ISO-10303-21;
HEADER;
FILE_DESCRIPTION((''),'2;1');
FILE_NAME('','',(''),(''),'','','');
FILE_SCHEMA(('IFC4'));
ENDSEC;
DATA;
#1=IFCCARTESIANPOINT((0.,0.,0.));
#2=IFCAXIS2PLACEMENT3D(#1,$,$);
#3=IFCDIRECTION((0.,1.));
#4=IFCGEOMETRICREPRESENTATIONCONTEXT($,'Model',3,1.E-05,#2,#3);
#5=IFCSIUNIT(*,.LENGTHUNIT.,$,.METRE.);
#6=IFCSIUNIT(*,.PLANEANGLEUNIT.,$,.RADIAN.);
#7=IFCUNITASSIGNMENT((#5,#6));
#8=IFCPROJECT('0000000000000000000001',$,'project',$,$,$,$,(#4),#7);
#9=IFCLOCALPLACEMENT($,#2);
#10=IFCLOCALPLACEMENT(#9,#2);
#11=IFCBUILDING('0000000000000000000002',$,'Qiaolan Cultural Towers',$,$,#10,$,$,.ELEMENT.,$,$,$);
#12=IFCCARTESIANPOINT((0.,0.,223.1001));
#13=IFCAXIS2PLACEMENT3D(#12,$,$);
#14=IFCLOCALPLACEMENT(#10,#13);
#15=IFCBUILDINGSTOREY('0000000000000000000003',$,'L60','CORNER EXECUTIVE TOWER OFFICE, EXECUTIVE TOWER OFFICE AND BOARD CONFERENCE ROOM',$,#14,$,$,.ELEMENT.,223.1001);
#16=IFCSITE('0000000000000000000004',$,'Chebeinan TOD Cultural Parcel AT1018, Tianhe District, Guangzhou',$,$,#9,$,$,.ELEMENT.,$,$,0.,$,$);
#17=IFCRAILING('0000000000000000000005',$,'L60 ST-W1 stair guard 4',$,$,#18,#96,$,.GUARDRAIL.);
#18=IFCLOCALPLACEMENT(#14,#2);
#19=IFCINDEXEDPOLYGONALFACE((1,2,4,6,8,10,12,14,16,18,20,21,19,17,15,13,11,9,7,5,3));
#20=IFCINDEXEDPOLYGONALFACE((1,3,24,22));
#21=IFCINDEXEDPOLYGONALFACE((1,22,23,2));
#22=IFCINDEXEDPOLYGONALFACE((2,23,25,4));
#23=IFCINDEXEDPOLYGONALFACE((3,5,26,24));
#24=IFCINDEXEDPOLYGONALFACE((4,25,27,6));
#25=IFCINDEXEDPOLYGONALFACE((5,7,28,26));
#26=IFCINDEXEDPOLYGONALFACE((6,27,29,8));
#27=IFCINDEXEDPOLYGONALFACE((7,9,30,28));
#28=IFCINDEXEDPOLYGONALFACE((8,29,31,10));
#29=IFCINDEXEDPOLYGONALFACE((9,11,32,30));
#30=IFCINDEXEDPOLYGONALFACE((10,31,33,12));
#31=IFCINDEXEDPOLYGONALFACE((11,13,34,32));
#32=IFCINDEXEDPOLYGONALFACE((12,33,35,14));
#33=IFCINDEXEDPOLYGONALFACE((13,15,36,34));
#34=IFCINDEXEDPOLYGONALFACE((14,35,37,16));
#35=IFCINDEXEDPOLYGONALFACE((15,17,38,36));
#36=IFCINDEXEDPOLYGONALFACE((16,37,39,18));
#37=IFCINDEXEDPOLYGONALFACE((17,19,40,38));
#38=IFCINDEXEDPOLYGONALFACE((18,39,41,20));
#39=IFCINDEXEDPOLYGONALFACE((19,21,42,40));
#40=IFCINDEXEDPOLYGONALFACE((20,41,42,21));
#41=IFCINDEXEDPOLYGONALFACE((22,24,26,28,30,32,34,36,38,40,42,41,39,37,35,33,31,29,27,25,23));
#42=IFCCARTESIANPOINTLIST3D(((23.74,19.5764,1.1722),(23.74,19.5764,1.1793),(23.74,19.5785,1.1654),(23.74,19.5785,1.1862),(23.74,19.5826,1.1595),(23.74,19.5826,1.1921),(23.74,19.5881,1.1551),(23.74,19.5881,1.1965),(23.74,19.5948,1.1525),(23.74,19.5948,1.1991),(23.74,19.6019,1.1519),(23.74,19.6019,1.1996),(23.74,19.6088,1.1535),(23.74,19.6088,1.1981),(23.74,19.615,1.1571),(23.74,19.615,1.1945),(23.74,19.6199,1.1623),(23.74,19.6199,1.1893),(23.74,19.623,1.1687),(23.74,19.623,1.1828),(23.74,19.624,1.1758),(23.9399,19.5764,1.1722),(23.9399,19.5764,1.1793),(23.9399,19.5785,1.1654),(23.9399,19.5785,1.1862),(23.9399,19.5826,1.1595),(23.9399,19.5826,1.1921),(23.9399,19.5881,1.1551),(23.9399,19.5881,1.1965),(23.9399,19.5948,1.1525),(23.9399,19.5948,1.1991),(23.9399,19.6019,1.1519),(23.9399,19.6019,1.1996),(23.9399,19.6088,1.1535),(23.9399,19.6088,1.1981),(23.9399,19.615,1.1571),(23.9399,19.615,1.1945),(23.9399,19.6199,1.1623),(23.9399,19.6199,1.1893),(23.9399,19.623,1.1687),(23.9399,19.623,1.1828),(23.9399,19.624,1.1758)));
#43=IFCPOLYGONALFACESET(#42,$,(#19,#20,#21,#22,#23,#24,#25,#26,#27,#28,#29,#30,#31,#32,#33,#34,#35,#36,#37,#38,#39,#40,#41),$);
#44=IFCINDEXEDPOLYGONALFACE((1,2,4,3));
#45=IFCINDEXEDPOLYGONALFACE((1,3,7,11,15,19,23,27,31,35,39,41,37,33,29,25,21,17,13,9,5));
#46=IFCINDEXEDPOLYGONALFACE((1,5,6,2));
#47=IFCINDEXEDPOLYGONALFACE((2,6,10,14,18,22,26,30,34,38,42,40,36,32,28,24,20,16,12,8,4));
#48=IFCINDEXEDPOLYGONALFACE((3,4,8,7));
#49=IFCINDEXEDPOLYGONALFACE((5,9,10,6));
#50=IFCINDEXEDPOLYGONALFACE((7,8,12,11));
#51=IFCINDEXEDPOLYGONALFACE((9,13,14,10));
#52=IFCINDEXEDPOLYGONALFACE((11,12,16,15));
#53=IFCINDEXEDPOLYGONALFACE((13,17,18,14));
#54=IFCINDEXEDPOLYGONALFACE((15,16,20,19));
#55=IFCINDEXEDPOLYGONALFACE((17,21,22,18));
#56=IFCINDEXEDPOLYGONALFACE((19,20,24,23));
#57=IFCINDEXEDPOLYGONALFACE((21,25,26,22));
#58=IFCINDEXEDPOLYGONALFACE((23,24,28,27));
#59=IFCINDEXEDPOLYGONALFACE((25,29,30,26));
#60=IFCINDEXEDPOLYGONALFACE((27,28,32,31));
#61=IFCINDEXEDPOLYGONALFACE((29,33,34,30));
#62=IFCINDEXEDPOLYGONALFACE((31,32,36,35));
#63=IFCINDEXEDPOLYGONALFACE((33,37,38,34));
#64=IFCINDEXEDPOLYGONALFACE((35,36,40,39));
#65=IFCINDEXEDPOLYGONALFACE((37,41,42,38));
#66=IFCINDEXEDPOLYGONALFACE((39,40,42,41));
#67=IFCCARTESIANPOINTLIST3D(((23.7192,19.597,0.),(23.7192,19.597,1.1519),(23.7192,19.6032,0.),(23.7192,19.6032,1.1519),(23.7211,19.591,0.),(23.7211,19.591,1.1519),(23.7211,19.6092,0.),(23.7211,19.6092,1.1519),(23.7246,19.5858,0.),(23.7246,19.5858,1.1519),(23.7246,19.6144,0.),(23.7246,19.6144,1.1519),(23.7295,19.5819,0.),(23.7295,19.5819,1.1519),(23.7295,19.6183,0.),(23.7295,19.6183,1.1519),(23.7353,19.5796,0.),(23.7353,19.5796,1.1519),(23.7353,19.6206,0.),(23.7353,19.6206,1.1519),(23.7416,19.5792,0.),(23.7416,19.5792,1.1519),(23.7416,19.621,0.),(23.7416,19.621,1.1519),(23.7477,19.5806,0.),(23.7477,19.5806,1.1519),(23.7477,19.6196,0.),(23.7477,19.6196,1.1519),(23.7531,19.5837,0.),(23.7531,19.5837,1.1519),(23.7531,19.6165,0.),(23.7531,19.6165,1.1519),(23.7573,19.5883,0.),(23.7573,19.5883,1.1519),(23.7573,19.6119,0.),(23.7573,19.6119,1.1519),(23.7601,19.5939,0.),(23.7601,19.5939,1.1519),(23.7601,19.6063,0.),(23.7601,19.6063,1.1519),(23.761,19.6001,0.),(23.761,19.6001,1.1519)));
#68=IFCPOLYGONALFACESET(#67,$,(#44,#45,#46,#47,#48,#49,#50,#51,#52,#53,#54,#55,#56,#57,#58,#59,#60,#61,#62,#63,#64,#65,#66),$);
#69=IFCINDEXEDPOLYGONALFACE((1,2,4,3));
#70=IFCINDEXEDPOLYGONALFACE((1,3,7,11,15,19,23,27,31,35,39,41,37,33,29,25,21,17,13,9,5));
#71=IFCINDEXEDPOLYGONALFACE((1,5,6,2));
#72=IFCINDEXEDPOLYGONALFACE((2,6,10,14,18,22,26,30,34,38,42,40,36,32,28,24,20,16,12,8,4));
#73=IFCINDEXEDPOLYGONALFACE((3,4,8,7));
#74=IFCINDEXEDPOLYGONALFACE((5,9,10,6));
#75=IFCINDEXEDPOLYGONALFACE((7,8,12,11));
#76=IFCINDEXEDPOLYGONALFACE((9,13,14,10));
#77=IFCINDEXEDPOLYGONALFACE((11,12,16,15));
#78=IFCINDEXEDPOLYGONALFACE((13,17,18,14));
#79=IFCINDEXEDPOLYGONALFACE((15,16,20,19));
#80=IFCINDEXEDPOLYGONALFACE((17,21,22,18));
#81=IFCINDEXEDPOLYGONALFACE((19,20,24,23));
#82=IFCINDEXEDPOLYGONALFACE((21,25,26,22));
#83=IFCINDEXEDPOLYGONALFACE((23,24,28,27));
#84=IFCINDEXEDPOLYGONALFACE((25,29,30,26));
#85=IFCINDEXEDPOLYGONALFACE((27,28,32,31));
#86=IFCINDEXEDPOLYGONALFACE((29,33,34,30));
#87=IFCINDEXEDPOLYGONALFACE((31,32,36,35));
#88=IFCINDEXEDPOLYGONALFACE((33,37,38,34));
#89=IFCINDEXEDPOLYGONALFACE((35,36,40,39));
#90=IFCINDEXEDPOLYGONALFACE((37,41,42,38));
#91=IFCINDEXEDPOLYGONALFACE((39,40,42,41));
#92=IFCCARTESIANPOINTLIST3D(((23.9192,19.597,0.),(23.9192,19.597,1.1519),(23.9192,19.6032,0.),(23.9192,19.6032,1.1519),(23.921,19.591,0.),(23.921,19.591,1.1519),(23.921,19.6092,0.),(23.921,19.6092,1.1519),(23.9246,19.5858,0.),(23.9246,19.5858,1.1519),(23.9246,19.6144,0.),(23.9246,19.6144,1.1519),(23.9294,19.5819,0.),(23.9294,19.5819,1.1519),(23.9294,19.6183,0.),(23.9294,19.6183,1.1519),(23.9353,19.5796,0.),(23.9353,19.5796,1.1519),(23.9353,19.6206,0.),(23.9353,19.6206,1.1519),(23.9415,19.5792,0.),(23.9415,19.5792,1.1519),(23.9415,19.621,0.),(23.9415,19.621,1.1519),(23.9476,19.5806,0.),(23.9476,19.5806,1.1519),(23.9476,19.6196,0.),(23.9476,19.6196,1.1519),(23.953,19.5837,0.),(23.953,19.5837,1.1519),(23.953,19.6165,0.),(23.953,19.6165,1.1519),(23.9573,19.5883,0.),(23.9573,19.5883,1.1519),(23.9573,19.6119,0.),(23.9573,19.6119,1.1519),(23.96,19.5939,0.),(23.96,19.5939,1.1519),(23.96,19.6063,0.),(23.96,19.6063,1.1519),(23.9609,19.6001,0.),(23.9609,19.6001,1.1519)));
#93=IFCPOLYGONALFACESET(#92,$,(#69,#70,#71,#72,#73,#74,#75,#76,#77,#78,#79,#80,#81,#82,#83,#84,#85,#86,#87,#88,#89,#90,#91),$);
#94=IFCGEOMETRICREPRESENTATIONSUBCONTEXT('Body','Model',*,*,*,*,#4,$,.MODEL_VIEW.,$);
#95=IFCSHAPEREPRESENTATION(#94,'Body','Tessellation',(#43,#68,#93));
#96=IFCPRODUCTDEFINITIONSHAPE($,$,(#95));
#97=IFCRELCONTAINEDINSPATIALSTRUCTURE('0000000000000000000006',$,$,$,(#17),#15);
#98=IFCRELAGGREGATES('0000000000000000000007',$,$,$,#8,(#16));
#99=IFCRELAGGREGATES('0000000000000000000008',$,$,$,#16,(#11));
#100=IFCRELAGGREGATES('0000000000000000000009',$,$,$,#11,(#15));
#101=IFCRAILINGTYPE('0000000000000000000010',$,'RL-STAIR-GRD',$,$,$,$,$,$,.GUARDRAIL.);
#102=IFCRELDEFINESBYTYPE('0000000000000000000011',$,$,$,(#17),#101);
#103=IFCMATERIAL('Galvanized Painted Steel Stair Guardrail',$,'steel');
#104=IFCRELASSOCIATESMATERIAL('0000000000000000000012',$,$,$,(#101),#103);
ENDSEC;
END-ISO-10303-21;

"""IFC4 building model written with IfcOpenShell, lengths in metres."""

from ifc_helpers import new_model, si_unit, direction, frame, origin, origin_2d, place, context, subcontext, project, spatial, circle, extrude, material, type_object, element, save


model = new_model("IFC4")

# Units and contexts
model_context = context("Model", 3, precision=1e-05, world=origin(), true_north=direction((0.0, 1.0)))
body_context = subcontext(model_context, "Body", "Model", "MODEL_VIEW")
ifc_project = project(units=[si_unit("LENGTHUNIT", "METRE"), si_unit("PLANEANGLEUNIT", "RADIAN")], contexts=[model_context])

# Site, building, storey
site_placement = place(None, origin())
site = spatial("IfcSite", under=ifc_project, at=site_placement, Name="Chebeinan TOD Cultural Parcel AT1018, Tianhe District, Guangzhou", CompositionType="ELEMENT", RefElevation=0.0)
building_placement = place(site_placement, origin())
building = spatial("IfcBuilding", under=site, at=building_placement, Name="Qiaolan Cultural Towers", CompositionType="ELEMENT")
storey_placement = place(building_placement, frame((0.0, 0.0, 223.1001)))
storey = spatial("IfcBuildingStorey", under=building, at=storey_placement, Name="L60", Description="CORNER EXECUTIVE TOWER OFFICE, EXECUTIVE TOWER OFFICE AND BOARD CONFERENCE ROOM", CompositionType="ELEMENT", Elevation=223.1001)

# Railing
ifc_material_1 = material(Name="Galvanized Painted Steel Stair Guardrail", Category="steel")
railing_type_1 = type_object("IfcRailingType", Name="RL-STAIR-GRD", PredefinedType="GUARDRAIL", material=ifc_material_1)
railing_1_placement = place(storey_placement, frame((23.74, 19.6001, 0.0)))
element("IfcRailing", 1, at=railing_1_placement, inside=storey, type_object=railing_type_1, Name="L60 ST-W1 stair guard 4", PredefinedType="GUARDRAIL", context=body_context, shape_type="SweptSolid", body=[
    extrude(circle(Radius=0.0239, at=origin_2d()), frame((0.0, 0.0, 1.1758), z_axis=(1.0, 0.0, 0.0), x_axis=(0.0, 1.0, 0.0)), (0.0, 0.0, 1.0), 0.2),
    extrude(circle(Radius=0.021, at=origin_2d()), origin(), (0.0, 0.0, 1.0), 1.1519),
    extrude(circle(Radius=0.021, at=origin_2d()), frame((0.2, 0.0, 0.0)), (0.0, 0.0, 1.0), 1.1519),
])

save(model, "model.ifc")
